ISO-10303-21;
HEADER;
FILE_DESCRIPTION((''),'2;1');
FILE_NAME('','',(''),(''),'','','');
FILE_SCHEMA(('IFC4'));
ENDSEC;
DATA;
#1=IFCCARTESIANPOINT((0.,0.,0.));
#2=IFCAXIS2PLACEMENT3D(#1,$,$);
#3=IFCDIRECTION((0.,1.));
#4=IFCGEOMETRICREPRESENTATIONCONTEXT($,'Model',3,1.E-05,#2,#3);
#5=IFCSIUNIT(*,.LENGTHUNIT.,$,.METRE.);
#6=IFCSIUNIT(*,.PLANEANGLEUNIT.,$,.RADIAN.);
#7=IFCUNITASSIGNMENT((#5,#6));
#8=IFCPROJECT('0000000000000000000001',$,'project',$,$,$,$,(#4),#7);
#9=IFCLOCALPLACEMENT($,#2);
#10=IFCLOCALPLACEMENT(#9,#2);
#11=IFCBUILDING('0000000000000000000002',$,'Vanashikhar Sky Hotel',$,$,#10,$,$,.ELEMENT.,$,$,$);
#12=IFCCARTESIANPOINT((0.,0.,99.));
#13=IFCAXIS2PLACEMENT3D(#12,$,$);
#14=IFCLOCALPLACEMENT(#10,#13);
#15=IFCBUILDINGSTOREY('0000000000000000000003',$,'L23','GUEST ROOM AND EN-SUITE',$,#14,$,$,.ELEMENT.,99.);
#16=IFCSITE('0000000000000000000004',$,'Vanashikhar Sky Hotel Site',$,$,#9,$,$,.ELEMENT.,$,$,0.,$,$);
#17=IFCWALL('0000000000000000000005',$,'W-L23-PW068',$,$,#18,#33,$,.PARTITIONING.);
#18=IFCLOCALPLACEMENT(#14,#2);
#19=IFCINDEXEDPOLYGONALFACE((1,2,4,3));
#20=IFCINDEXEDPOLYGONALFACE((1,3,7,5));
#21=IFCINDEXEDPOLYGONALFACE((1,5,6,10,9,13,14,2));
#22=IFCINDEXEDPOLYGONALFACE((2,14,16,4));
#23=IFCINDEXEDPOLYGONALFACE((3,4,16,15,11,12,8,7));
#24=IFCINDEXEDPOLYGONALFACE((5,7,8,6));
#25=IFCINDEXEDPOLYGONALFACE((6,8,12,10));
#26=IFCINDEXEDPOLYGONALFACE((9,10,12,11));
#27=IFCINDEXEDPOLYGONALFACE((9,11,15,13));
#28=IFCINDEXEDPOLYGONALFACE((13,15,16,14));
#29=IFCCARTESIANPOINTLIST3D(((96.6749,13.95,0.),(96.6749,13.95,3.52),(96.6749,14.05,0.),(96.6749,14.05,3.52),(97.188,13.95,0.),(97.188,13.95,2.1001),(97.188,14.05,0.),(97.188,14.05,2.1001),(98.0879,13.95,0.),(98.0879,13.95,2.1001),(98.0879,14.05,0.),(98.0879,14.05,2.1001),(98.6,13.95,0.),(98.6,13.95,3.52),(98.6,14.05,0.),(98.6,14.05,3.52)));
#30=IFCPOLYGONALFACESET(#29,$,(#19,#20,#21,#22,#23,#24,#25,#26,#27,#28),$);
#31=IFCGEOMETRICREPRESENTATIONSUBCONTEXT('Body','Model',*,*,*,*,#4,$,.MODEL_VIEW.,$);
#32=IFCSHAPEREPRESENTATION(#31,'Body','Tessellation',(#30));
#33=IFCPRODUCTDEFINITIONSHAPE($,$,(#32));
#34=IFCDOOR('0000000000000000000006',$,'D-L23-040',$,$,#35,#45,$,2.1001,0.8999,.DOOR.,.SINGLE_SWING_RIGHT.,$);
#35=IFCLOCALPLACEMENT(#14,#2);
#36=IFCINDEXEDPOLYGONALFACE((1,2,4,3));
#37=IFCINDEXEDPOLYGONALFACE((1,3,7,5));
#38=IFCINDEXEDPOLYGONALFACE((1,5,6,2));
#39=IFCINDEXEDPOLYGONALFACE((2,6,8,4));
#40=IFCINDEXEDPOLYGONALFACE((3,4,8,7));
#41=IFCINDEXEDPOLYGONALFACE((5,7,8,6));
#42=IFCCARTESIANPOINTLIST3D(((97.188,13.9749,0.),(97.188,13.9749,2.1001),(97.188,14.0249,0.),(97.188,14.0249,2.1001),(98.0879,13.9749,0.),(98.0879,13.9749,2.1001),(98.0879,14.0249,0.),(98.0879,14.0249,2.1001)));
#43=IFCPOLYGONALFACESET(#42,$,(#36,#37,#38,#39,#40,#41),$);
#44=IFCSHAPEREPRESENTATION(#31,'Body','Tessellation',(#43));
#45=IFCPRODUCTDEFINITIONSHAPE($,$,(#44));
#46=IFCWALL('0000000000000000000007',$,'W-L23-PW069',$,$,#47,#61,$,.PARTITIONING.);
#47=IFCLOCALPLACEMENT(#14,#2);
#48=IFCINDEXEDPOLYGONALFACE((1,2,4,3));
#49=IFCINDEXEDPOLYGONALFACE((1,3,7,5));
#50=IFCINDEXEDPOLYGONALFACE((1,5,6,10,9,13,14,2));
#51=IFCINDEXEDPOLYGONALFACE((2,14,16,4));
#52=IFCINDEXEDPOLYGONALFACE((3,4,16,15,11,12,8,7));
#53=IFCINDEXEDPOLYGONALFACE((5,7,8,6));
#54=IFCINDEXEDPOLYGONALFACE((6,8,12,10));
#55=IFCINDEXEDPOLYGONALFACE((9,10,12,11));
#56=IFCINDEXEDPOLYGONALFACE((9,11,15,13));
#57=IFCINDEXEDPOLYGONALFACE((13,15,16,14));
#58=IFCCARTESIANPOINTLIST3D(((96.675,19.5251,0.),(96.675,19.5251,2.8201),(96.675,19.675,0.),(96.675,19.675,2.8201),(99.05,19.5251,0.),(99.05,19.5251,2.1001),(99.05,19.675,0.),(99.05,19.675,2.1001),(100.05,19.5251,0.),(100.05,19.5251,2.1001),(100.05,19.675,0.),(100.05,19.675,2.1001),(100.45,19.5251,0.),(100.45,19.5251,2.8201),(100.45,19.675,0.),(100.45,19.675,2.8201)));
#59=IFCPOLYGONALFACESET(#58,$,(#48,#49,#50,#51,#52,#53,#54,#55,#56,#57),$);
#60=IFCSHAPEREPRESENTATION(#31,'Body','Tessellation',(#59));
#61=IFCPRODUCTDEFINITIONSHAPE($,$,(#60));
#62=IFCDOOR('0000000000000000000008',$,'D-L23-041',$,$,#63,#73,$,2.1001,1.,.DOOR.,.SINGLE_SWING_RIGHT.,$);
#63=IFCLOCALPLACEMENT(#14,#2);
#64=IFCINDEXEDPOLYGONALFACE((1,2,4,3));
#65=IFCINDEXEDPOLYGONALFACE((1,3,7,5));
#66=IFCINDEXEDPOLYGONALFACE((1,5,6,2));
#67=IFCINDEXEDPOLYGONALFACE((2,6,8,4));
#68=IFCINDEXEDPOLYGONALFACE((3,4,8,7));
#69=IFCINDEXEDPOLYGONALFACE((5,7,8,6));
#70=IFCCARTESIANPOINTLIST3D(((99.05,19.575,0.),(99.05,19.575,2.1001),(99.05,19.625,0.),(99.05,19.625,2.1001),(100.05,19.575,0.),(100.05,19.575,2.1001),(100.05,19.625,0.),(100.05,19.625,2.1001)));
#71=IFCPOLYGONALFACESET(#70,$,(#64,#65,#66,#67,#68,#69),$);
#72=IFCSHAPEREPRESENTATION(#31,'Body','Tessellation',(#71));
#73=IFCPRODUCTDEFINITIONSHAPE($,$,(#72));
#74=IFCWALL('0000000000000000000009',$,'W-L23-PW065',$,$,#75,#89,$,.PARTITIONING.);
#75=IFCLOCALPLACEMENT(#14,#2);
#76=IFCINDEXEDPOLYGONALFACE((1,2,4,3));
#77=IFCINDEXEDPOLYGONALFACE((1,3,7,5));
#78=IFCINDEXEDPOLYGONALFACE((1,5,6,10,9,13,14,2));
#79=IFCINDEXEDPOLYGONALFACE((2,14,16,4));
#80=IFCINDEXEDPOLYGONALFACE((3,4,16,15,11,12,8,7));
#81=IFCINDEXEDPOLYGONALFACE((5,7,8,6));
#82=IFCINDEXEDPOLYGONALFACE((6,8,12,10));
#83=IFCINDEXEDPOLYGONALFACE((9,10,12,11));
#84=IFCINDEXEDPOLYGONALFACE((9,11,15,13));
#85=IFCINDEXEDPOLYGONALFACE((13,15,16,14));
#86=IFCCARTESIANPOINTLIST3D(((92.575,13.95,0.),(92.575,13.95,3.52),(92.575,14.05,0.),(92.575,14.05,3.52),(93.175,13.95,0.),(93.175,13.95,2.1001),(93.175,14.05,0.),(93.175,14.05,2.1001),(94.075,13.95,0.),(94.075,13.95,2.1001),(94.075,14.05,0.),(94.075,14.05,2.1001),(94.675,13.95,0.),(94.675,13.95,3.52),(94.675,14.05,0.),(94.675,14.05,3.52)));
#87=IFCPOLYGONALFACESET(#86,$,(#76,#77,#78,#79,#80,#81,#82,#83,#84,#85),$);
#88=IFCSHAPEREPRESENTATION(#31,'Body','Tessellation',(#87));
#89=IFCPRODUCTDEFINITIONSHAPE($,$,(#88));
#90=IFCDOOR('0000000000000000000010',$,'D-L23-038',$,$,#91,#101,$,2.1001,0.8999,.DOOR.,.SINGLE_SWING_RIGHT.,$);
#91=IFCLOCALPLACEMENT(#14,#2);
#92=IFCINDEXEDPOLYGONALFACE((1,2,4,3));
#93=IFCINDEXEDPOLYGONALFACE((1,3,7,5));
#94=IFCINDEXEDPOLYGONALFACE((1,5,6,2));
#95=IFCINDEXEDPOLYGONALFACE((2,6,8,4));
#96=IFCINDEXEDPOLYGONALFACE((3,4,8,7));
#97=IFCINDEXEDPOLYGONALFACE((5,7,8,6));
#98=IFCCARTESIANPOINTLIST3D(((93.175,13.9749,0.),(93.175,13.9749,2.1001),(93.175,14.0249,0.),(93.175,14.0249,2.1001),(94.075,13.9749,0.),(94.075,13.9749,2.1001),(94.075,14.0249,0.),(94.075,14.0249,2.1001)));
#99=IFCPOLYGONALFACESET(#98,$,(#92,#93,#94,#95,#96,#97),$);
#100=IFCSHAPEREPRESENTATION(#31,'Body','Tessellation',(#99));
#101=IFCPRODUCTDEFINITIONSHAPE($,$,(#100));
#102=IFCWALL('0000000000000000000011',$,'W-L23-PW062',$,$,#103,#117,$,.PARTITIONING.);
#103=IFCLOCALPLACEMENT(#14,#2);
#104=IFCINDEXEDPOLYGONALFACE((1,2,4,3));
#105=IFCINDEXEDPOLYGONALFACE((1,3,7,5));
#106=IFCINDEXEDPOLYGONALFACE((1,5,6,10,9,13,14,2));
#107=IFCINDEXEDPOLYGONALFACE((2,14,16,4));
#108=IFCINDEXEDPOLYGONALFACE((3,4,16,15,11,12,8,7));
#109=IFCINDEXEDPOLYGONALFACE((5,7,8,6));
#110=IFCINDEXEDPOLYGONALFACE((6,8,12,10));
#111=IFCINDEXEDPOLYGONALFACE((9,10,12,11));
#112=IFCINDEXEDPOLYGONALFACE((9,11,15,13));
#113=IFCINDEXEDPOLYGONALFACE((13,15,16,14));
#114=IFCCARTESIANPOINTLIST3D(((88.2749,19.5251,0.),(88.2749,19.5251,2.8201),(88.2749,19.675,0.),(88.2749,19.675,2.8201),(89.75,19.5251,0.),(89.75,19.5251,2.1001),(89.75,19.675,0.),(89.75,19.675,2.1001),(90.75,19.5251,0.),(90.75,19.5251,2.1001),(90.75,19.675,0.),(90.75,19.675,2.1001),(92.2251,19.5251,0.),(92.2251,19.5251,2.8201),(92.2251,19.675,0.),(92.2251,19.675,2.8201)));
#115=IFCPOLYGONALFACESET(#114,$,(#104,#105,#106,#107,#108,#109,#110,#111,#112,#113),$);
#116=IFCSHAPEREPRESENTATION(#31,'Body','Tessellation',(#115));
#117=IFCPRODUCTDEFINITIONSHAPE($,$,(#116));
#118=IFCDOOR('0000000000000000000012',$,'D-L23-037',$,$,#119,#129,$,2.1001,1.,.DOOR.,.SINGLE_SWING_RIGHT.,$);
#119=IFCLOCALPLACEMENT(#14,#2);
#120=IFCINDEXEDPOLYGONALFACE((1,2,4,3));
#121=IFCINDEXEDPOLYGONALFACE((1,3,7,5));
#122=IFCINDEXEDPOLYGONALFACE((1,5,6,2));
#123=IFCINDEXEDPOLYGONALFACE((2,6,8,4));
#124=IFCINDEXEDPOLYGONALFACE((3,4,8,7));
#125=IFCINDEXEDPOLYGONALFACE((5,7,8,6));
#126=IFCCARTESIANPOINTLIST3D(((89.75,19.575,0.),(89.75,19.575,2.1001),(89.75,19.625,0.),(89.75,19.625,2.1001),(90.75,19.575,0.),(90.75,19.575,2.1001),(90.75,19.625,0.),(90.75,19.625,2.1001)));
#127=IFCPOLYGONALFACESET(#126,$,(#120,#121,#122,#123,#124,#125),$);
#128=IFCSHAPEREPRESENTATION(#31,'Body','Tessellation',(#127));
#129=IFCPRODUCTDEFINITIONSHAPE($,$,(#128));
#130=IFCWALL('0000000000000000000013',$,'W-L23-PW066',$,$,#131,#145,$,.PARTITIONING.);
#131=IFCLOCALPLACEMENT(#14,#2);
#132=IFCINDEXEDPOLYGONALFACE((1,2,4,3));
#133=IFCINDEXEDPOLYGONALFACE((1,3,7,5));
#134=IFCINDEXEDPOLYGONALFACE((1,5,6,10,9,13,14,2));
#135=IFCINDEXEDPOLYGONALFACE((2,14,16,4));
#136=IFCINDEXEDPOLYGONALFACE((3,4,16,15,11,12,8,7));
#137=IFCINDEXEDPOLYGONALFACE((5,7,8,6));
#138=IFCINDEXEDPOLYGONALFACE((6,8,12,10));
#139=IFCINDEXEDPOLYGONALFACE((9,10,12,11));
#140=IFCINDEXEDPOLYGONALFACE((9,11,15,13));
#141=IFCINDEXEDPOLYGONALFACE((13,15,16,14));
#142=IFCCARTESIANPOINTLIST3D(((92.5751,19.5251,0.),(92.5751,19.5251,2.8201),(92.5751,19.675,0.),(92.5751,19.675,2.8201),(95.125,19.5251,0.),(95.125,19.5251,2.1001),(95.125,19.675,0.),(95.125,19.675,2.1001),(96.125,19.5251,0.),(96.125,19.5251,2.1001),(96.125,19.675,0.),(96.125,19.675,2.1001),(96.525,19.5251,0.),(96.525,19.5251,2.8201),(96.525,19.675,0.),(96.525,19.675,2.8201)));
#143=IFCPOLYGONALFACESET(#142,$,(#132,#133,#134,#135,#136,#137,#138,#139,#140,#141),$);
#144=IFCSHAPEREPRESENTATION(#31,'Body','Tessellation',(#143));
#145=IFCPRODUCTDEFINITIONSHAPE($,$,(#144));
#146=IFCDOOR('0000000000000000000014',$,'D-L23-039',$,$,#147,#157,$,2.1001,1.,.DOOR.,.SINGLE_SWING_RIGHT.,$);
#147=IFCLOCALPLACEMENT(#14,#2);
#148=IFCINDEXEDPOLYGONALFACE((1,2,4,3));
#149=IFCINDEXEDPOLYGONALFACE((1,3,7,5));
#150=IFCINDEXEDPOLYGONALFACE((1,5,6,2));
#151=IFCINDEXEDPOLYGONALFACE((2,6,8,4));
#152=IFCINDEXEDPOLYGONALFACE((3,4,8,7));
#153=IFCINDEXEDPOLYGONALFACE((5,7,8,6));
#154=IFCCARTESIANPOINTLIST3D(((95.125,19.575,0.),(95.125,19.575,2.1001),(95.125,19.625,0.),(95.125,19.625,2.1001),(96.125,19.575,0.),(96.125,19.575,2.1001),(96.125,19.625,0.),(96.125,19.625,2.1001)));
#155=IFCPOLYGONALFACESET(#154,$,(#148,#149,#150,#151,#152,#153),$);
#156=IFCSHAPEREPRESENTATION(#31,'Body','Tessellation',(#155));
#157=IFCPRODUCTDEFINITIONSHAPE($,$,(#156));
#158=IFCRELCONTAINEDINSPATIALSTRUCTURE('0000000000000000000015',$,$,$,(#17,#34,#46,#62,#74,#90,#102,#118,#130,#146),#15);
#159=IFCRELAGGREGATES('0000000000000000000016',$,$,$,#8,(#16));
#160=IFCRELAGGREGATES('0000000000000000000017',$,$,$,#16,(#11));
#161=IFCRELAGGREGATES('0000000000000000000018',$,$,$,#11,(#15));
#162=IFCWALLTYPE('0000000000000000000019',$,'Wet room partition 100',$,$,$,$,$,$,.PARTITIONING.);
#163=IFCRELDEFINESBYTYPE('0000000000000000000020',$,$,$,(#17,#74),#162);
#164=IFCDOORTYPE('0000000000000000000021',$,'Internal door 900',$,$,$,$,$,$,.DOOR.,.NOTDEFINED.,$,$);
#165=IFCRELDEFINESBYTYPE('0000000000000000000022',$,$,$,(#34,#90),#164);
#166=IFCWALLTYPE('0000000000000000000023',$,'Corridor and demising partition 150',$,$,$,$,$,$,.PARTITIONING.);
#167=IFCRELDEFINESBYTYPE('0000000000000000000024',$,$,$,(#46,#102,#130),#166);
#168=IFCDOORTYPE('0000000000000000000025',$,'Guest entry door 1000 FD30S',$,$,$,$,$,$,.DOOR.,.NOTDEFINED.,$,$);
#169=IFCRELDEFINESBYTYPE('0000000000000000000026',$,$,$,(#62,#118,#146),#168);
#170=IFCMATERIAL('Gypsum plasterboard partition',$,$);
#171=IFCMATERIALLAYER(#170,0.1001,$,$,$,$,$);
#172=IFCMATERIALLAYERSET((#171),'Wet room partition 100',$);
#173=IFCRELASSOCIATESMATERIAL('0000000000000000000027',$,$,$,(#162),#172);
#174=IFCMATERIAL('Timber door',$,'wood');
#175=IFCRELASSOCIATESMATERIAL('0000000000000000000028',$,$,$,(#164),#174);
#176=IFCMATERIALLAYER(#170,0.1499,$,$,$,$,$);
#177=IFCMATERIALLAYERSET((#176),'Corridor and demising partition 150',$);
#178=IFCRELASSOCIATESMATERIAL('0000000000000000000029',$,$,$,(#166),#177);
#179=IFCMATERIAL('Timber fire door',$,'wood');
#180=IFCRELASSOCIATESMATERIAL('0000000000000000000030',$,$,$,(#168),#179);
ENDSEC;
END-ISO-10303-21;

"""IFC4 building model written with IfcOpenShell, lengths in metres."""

from ifc_helpers import new_model, si_unit, direction, frame, frame_2d, origin, place, context, subcontext, project, spatial, rectangle, extrude, source, transform, mapped, material, layer, layer_set, type_object, element, fill, save


model = new_model("IFC4")

# Units and contexts
model_context = context("Model", 3, precision=1e-05, world=origin(), true_north=direction((0.0, 1.0)))
body_context = subcontext(model_context, "Body", "Model", "MODEL_VIEW")
ifc_project = project(units=[si_unit("LENGTHUNIT", "METRE"), si_unit("PLANEANGLEUNIT", "RADIAN")], contexts=[model_context])

# Site, building, storey
site_placement = place(None, origin())
site = spatial("IfcSite", under=ifc_project, at=site_placement, Name="Vanashikhar Sky Hotel Site", CompositionType="ELEMENT", RefElevation=0.0)
building_placement = place(site_placement, origin())
building = spatial("IfcBuilding", under=site, at=building_placement, Name="Vanashikhar Sky Hotel", CompositionType="ELEMENT")
storey_placement = place(building_placement, frame((0.0, 0.0, 99.0)))
storey = spatial("IfcBuildingStorey", under=building, at=storey_placement, Name="L23", Description="GUEST ROOM AND EN-SUITE", CompositionType="ELEMENT", Elevation=99.0)

# Shared definitions
ifc_material_1 = material(Name="Gypsum plasterboard partition")
ifc_layer_1 = layer(ifc_material_1, 0.1001)
ifc_layer_set_1 = layer_set([ifc_layer_1], Name="Wet room partition 100")
wall_type_1 = type_object("IfcWallType", Name="Wet room partition 100", PredefinedType="PARTITIONING", material=ifc_layer_set_1)

# Walls, openings, doors
shared_shape_1 = source(origin(), body_context, "Body", "SweptSolid", [
    extrude(rectangle(XDim=1.925, YDim=0.1001, at=frame_2d((0.9624, 0.0))), origin(), (0.0, 0.0, 1.0), 3.52),
])
wall_1_placement = place(storey_placement, frame((96.675, 14.0, 0.0), z_axis=(0.0, 0.0, 1.0), x_axis=(1.0, 0.0, 0.0)))
wall_1 = element("IfcWall", 1, at=wall_1_placement, inside=storey, type_object=wall_type_1, Name="W-L23-PW068", PredefinedType="PARTITIONING", context=body_context, shape_type="MappedRepresentation", body=[
    mapped(shared_shape_1, transform((0.0, 0.0, 0.0), scale=1.0)),
])
shared_shape_2 = source(origin(), body_context, "Body", "SweptSolid", [
    extrude(rectangle(XDim=0.8999, YDim=2.1001, at=frame_2d((0.45, 1.05))), frame((0.0, 0.0601, 0.0), z_axis=(0.0, -1.0, 0.0), x_axis=(1.0, 0.0, 0.0)), (0.0, 0.0, 1.0), 0.1201),
])
opening_1_placement = place(wall_1_placement, frame((0.5129, 0.0, 0.0)))
opening_1 = element("IfcOpeningElement", 2, at=opening_1_placement, cuts=wall_1, PredefinedType="OPENING", context=body_context, shape_type="MappedRepresentation", body=[
    mapped(shared_shape_2, transform((0.0, 0.0, 0.0), scale=1.0)),
])
ifc_material_2 = material(Name="Timber door", Category="wood")
door_type_1 = type_object("IfcDoorType", Name="Internal door 900", OperationType="NOTDEFINED", PredefinedType="DOOR", material=ifc_material_2)
shared_shape_3 = source(origin(), body_context, "Body", "SweptSolid", [
    extrude(rectangle(XDim=0.8999, YDim=2.1001, at=frame_2d((0.45, 1.05))), frame((0.0, 0.0249, 0.0), z_axis=(0.0, -1.0, 0.0), x_axis=(1.0, 0.0, 0.0)), (0.0, 0.0, 1.0), 0.05),
])
door_1_placement = place(opening_1_placement, origin())
door_1 = element("IfcDoor", 3, at=door_1_placement, inside=storey, type_object=door_type_1, Name="D-L23-040", OperationType="SINGLE_SWING_RIGHT", OverallHeight=2.1001, OverallWidth=0.8999, PredefinedType="DOOR", context=body_context, shape_type="MappedRepresentation", body=[
    mapped(shared_shape_3, transform((0.0, 0.0, 0.0), scale=1.0)),
])
fill(opening_1, door_1)
ifc_layer_2 = layer(ifc_material_1, 0.1499)
ifc_layer_set_2 = layer_set([ifc_layer_2], Name="Corridor and demising partition 150")
wall_type_2 = type_object("IfcWallType", Name="Corridor and demising partition 150", PredefinedType="PARTITIONING", material=ifc_layer_set_2)
shared_shape_4 = source(origin(), body_context, "Body", "SweptSolid", [
    extrude(rectangle(XDim=3.7749, YDim=0.1499, at=frame_2d((1.8875, 0.0))), origin(), (0.0, 0.0, 1.0), 2.8201),
])
wall_2_placement = place(storey_placement, frame((96.675, 19.6001, 0.0), z_axis=(0.0, 0.0, 1.0), x_axis=(1.0, 0.0, 0.0)))
wall_2 = element("IfcWall", 4, at=wall_2_placement, inside=storey, type_object=wall_type_2, Name="W-L23-PW069", PredefinedType="PARTITIONING", context=body_context, shape_type="MappedRepresentation", body=[
    mapped(shared_shape_4, transform((0.0, 0.0, 0.0), scale=1.0)),
])
shared_shape_5 = source(origin(), body_context, "Body", "SweptSolid", [
    extrude(rectangle(XDim=1.0, YDim=2.1001, at=frame_2d((0.5, 1.05))), frame((0.0, 0.085, 0.0), z_axis=(0.0, -1.0, 0.0), x_axis=(1.0, 0.0, 0.0)), (0.0, 0.0, 1.0), 0.1699),
])
opening_2_placement = place(wall_2_placement, frame((2.375, 0.0, 0.0)))
opening_2 = element("IfcOpeningElement", 5, at=opening_2_placement, cuts=wall_2, PredefinedType="OPENING", context=body_context, shape_type="MappedRepresentation", body=[
    mapped(shared_shape_5, transform((0.0, 0.0, 0.0), scale=1.0)),
])
ifc_material_3 = material(Name="Timber fire door", Category="wood")
door_type_2 = type_object("IfcDoorType", Name="Guest entry door 1000 FD30S", OperationType="NOTDEFINED", PredefinedType="DOOR", material=ifc_material_3)
shared_shape_6 = source(origin(), body_context, "Body", "SweptSolid", [
    extrude(rectangle(XDim=1.0, YDim=2.1001, at=frame_2d((0.5, 1.05))), frame((0.0, 0.0249, 0.0), z_axis=(0.0, -1.0, 0.0), x_axis=(1.0, 0.0, 0.0)), (0.0, 0.0, 1.0), 0.05),
])
door_2_placement = place(opening_2_placement, origin())
door_2 = element("IfcDoor", 6, at=door_2_placement, inside=storey, type_object=door_type_2, Name="D-L23-041", OperationType="SINGLE_SWING_RIGHT", OverallHeight=2.1001, OverallWidth=1.0, PredefinedType="DOOR", context=body_context, shape_type="MappedRepresentation", body=[
    mapped(shared_shape_6, transform((0.0, 0.0, 0.0), scale=1.0)),
])
fill(opening_2, door_2)
shared_shape_7 = source(origin(), body_context, "Body", "SweptSolid", [
    extrude(rectangle(XDim=2.1001, YDim=0.1001, at=frame_2d((1.05, 0.0))), origin(), (0.0, 0.0, 1.0), 3.52),
])
wall_3_placement = place(storey_placement, frame((92.575, 14.0, 0.0), z_axis=(0.0, 0.0, 1.0), x_axis=(1.0, 0.0, 0.0)))
wall_3 = element("IfcWall", 7, at=wall_3_placement, inside=storey, type_object=wall_type_1, Name="W-L23-PW065", PredefinedType="PARTITIONING", context=body_context, shape_type="MappedRepresentation", body=[
    mapped(shared_shape_7, transform((0.0, 0.0, 0.0), scale=1.0)),
])
opening_3_placement = place(wall_3_placement, frame((0.6001, 0.0, 0.0)))
opening_3 = element("IfcOpeningElement", 8, at=opening_3_placement, cuts=wall_3, PredefinedType="OPENING", context=body_context, shape_type="MappedRepresentation", body=[
    mapped(shared_shape_2, transform((0.0, 0.0, 0.0), scale=1.0)),
])
door_3_placement = place(opening_3_placement, origin())
door_3 = element("IfcDoor", 9, at=door_3_placement, inside=storey, type_object=door_type_1, Name="D-L23-038", OperationType="SINGLE_SWING_RIGHT", OverallHeight=2.1001, OverallWidth=0.8999, PredefinedType="DOOR", context=body_context, shape_type="MappedRepresentation", body=[
    mapped(shared_shape_3, transform((0.0, 0.0, 0.0), scale=1.0)),
])
fill(opening_3, door_3)
shared_shape_8 = source(origin(), body_context, "Body", "SweptSolid", [
    extrude(rectangle(XDim=3.9502, YDim=0.1499, at=frame_2d((1.9751, 0.0))), origin(), (0.0, 0.0, 1.0), 2.8201),
])
wall_4_placement = place(storey_placement, frame((88.2749, 19.6001, 0.0), z_axis=(0.0, 0.0, 1.0), x_axis=(1.0, 0.0, 0.0)))
wall_4 = element("IfcWall", 10, at=wall_4_placement, inside=storey, type_object=wall_type_2, Name="W-L23-PW062", PredefinedType="PARTITIONING", context=body_context, shape_type="MappedRepresentation", body=[
    mapped(shared_shape_8, transform((0.0, 0.0, 0.0), scale=1.0)),
])
opening_4_placement = place(wall_4_placement, frame((1.4751, 0.0, 0.0)))
opening_4 = element("IfcOpeningElement", 11, at=opening_4_placement, cuts=wall_4, PredefinedType="OPENING", context=body_context, shape_type="MappedRepresentation", body=[
    mapped(shared_shape_5, transform((0.0, 0.0, 0.0), scale=1.0)),
])
door_4_placement = place(opening_4_placement, origin())
door_4 = element("IfcDoor", 12, at=door_4_placement, inside=storey, type_object=door_type_2, Name="D-L23-037", OperationType="SINGLE_SWING_RIGHT", OverallHeight=2.1001, OverallWidth=1.0, PredefinedType="DOOR", context=body_context, shape_type="MappedRepresentation", body=[
    mapped(shared_shape_6, transform((0.0, 0.0, 0.0), scale=1.0)),
])
fill(opening_4, door_4)
shared_shape_9 = source(origin(), body_context, "Body", "SweptSolid", [
    extrude(rectangle(XDim=3.95, YDim=0.1499, at=frame_2d((1.9751, 0.0))), origin(), (0.0, 0.0, 1.0), 2.8201),
])
wall_5_placement = place(storey_placement, frame((92.575, 19.6001, 0.0), z_axis=(0.0, 0.0, 1.0), x_axis=(1.0, 0.0, 0.0)))
wall_5 = element("IfcWall", 13, at=wall_5_placement, inside=storey, type_object=wall_type_2, Name="W-L23-PW066", PredefinedType="PARTITIONING", context=body_context, shape_type="MappedRepresentation", body=[
    mapped(shared_shape_9, transform((0.0, 0.0, 0.0), scale=1.0)),
])
opening_5_placement = place(wall_5_placement, frame((2.55, 0.0, 0.0)))
opening_5 = element("IfcOpeningElement", 14, at=opening_5_placement, cuts=wall_5, PredefinedType="OPENING", context=body_context, shape_type="MappedRepresentation", body=[
    mapped(shared_shape_5, transform((0.0, 0.0, 0.0), scale=1.0)),
])
door_5_placement = place(opening_5_placement, origin())
door_5 = element("IfcDoor", 15, at=door_5_placement, inside=storey, type_object=door_type_2, Name="D-L23-039", OperationType="SINGLE_SWING_RIGHT", OverallHeight=2.1001, OverallWidth=1.0, PredefinedType="DOOR", context=body_context, shape_type="MappedRepresentation", body=[
    mapped(shared_shape_6, transform((0.0, 0.0, 0.0), scale=1.0)),
])
fill(opening_5, door_5)

save(model, "model.ifc")
